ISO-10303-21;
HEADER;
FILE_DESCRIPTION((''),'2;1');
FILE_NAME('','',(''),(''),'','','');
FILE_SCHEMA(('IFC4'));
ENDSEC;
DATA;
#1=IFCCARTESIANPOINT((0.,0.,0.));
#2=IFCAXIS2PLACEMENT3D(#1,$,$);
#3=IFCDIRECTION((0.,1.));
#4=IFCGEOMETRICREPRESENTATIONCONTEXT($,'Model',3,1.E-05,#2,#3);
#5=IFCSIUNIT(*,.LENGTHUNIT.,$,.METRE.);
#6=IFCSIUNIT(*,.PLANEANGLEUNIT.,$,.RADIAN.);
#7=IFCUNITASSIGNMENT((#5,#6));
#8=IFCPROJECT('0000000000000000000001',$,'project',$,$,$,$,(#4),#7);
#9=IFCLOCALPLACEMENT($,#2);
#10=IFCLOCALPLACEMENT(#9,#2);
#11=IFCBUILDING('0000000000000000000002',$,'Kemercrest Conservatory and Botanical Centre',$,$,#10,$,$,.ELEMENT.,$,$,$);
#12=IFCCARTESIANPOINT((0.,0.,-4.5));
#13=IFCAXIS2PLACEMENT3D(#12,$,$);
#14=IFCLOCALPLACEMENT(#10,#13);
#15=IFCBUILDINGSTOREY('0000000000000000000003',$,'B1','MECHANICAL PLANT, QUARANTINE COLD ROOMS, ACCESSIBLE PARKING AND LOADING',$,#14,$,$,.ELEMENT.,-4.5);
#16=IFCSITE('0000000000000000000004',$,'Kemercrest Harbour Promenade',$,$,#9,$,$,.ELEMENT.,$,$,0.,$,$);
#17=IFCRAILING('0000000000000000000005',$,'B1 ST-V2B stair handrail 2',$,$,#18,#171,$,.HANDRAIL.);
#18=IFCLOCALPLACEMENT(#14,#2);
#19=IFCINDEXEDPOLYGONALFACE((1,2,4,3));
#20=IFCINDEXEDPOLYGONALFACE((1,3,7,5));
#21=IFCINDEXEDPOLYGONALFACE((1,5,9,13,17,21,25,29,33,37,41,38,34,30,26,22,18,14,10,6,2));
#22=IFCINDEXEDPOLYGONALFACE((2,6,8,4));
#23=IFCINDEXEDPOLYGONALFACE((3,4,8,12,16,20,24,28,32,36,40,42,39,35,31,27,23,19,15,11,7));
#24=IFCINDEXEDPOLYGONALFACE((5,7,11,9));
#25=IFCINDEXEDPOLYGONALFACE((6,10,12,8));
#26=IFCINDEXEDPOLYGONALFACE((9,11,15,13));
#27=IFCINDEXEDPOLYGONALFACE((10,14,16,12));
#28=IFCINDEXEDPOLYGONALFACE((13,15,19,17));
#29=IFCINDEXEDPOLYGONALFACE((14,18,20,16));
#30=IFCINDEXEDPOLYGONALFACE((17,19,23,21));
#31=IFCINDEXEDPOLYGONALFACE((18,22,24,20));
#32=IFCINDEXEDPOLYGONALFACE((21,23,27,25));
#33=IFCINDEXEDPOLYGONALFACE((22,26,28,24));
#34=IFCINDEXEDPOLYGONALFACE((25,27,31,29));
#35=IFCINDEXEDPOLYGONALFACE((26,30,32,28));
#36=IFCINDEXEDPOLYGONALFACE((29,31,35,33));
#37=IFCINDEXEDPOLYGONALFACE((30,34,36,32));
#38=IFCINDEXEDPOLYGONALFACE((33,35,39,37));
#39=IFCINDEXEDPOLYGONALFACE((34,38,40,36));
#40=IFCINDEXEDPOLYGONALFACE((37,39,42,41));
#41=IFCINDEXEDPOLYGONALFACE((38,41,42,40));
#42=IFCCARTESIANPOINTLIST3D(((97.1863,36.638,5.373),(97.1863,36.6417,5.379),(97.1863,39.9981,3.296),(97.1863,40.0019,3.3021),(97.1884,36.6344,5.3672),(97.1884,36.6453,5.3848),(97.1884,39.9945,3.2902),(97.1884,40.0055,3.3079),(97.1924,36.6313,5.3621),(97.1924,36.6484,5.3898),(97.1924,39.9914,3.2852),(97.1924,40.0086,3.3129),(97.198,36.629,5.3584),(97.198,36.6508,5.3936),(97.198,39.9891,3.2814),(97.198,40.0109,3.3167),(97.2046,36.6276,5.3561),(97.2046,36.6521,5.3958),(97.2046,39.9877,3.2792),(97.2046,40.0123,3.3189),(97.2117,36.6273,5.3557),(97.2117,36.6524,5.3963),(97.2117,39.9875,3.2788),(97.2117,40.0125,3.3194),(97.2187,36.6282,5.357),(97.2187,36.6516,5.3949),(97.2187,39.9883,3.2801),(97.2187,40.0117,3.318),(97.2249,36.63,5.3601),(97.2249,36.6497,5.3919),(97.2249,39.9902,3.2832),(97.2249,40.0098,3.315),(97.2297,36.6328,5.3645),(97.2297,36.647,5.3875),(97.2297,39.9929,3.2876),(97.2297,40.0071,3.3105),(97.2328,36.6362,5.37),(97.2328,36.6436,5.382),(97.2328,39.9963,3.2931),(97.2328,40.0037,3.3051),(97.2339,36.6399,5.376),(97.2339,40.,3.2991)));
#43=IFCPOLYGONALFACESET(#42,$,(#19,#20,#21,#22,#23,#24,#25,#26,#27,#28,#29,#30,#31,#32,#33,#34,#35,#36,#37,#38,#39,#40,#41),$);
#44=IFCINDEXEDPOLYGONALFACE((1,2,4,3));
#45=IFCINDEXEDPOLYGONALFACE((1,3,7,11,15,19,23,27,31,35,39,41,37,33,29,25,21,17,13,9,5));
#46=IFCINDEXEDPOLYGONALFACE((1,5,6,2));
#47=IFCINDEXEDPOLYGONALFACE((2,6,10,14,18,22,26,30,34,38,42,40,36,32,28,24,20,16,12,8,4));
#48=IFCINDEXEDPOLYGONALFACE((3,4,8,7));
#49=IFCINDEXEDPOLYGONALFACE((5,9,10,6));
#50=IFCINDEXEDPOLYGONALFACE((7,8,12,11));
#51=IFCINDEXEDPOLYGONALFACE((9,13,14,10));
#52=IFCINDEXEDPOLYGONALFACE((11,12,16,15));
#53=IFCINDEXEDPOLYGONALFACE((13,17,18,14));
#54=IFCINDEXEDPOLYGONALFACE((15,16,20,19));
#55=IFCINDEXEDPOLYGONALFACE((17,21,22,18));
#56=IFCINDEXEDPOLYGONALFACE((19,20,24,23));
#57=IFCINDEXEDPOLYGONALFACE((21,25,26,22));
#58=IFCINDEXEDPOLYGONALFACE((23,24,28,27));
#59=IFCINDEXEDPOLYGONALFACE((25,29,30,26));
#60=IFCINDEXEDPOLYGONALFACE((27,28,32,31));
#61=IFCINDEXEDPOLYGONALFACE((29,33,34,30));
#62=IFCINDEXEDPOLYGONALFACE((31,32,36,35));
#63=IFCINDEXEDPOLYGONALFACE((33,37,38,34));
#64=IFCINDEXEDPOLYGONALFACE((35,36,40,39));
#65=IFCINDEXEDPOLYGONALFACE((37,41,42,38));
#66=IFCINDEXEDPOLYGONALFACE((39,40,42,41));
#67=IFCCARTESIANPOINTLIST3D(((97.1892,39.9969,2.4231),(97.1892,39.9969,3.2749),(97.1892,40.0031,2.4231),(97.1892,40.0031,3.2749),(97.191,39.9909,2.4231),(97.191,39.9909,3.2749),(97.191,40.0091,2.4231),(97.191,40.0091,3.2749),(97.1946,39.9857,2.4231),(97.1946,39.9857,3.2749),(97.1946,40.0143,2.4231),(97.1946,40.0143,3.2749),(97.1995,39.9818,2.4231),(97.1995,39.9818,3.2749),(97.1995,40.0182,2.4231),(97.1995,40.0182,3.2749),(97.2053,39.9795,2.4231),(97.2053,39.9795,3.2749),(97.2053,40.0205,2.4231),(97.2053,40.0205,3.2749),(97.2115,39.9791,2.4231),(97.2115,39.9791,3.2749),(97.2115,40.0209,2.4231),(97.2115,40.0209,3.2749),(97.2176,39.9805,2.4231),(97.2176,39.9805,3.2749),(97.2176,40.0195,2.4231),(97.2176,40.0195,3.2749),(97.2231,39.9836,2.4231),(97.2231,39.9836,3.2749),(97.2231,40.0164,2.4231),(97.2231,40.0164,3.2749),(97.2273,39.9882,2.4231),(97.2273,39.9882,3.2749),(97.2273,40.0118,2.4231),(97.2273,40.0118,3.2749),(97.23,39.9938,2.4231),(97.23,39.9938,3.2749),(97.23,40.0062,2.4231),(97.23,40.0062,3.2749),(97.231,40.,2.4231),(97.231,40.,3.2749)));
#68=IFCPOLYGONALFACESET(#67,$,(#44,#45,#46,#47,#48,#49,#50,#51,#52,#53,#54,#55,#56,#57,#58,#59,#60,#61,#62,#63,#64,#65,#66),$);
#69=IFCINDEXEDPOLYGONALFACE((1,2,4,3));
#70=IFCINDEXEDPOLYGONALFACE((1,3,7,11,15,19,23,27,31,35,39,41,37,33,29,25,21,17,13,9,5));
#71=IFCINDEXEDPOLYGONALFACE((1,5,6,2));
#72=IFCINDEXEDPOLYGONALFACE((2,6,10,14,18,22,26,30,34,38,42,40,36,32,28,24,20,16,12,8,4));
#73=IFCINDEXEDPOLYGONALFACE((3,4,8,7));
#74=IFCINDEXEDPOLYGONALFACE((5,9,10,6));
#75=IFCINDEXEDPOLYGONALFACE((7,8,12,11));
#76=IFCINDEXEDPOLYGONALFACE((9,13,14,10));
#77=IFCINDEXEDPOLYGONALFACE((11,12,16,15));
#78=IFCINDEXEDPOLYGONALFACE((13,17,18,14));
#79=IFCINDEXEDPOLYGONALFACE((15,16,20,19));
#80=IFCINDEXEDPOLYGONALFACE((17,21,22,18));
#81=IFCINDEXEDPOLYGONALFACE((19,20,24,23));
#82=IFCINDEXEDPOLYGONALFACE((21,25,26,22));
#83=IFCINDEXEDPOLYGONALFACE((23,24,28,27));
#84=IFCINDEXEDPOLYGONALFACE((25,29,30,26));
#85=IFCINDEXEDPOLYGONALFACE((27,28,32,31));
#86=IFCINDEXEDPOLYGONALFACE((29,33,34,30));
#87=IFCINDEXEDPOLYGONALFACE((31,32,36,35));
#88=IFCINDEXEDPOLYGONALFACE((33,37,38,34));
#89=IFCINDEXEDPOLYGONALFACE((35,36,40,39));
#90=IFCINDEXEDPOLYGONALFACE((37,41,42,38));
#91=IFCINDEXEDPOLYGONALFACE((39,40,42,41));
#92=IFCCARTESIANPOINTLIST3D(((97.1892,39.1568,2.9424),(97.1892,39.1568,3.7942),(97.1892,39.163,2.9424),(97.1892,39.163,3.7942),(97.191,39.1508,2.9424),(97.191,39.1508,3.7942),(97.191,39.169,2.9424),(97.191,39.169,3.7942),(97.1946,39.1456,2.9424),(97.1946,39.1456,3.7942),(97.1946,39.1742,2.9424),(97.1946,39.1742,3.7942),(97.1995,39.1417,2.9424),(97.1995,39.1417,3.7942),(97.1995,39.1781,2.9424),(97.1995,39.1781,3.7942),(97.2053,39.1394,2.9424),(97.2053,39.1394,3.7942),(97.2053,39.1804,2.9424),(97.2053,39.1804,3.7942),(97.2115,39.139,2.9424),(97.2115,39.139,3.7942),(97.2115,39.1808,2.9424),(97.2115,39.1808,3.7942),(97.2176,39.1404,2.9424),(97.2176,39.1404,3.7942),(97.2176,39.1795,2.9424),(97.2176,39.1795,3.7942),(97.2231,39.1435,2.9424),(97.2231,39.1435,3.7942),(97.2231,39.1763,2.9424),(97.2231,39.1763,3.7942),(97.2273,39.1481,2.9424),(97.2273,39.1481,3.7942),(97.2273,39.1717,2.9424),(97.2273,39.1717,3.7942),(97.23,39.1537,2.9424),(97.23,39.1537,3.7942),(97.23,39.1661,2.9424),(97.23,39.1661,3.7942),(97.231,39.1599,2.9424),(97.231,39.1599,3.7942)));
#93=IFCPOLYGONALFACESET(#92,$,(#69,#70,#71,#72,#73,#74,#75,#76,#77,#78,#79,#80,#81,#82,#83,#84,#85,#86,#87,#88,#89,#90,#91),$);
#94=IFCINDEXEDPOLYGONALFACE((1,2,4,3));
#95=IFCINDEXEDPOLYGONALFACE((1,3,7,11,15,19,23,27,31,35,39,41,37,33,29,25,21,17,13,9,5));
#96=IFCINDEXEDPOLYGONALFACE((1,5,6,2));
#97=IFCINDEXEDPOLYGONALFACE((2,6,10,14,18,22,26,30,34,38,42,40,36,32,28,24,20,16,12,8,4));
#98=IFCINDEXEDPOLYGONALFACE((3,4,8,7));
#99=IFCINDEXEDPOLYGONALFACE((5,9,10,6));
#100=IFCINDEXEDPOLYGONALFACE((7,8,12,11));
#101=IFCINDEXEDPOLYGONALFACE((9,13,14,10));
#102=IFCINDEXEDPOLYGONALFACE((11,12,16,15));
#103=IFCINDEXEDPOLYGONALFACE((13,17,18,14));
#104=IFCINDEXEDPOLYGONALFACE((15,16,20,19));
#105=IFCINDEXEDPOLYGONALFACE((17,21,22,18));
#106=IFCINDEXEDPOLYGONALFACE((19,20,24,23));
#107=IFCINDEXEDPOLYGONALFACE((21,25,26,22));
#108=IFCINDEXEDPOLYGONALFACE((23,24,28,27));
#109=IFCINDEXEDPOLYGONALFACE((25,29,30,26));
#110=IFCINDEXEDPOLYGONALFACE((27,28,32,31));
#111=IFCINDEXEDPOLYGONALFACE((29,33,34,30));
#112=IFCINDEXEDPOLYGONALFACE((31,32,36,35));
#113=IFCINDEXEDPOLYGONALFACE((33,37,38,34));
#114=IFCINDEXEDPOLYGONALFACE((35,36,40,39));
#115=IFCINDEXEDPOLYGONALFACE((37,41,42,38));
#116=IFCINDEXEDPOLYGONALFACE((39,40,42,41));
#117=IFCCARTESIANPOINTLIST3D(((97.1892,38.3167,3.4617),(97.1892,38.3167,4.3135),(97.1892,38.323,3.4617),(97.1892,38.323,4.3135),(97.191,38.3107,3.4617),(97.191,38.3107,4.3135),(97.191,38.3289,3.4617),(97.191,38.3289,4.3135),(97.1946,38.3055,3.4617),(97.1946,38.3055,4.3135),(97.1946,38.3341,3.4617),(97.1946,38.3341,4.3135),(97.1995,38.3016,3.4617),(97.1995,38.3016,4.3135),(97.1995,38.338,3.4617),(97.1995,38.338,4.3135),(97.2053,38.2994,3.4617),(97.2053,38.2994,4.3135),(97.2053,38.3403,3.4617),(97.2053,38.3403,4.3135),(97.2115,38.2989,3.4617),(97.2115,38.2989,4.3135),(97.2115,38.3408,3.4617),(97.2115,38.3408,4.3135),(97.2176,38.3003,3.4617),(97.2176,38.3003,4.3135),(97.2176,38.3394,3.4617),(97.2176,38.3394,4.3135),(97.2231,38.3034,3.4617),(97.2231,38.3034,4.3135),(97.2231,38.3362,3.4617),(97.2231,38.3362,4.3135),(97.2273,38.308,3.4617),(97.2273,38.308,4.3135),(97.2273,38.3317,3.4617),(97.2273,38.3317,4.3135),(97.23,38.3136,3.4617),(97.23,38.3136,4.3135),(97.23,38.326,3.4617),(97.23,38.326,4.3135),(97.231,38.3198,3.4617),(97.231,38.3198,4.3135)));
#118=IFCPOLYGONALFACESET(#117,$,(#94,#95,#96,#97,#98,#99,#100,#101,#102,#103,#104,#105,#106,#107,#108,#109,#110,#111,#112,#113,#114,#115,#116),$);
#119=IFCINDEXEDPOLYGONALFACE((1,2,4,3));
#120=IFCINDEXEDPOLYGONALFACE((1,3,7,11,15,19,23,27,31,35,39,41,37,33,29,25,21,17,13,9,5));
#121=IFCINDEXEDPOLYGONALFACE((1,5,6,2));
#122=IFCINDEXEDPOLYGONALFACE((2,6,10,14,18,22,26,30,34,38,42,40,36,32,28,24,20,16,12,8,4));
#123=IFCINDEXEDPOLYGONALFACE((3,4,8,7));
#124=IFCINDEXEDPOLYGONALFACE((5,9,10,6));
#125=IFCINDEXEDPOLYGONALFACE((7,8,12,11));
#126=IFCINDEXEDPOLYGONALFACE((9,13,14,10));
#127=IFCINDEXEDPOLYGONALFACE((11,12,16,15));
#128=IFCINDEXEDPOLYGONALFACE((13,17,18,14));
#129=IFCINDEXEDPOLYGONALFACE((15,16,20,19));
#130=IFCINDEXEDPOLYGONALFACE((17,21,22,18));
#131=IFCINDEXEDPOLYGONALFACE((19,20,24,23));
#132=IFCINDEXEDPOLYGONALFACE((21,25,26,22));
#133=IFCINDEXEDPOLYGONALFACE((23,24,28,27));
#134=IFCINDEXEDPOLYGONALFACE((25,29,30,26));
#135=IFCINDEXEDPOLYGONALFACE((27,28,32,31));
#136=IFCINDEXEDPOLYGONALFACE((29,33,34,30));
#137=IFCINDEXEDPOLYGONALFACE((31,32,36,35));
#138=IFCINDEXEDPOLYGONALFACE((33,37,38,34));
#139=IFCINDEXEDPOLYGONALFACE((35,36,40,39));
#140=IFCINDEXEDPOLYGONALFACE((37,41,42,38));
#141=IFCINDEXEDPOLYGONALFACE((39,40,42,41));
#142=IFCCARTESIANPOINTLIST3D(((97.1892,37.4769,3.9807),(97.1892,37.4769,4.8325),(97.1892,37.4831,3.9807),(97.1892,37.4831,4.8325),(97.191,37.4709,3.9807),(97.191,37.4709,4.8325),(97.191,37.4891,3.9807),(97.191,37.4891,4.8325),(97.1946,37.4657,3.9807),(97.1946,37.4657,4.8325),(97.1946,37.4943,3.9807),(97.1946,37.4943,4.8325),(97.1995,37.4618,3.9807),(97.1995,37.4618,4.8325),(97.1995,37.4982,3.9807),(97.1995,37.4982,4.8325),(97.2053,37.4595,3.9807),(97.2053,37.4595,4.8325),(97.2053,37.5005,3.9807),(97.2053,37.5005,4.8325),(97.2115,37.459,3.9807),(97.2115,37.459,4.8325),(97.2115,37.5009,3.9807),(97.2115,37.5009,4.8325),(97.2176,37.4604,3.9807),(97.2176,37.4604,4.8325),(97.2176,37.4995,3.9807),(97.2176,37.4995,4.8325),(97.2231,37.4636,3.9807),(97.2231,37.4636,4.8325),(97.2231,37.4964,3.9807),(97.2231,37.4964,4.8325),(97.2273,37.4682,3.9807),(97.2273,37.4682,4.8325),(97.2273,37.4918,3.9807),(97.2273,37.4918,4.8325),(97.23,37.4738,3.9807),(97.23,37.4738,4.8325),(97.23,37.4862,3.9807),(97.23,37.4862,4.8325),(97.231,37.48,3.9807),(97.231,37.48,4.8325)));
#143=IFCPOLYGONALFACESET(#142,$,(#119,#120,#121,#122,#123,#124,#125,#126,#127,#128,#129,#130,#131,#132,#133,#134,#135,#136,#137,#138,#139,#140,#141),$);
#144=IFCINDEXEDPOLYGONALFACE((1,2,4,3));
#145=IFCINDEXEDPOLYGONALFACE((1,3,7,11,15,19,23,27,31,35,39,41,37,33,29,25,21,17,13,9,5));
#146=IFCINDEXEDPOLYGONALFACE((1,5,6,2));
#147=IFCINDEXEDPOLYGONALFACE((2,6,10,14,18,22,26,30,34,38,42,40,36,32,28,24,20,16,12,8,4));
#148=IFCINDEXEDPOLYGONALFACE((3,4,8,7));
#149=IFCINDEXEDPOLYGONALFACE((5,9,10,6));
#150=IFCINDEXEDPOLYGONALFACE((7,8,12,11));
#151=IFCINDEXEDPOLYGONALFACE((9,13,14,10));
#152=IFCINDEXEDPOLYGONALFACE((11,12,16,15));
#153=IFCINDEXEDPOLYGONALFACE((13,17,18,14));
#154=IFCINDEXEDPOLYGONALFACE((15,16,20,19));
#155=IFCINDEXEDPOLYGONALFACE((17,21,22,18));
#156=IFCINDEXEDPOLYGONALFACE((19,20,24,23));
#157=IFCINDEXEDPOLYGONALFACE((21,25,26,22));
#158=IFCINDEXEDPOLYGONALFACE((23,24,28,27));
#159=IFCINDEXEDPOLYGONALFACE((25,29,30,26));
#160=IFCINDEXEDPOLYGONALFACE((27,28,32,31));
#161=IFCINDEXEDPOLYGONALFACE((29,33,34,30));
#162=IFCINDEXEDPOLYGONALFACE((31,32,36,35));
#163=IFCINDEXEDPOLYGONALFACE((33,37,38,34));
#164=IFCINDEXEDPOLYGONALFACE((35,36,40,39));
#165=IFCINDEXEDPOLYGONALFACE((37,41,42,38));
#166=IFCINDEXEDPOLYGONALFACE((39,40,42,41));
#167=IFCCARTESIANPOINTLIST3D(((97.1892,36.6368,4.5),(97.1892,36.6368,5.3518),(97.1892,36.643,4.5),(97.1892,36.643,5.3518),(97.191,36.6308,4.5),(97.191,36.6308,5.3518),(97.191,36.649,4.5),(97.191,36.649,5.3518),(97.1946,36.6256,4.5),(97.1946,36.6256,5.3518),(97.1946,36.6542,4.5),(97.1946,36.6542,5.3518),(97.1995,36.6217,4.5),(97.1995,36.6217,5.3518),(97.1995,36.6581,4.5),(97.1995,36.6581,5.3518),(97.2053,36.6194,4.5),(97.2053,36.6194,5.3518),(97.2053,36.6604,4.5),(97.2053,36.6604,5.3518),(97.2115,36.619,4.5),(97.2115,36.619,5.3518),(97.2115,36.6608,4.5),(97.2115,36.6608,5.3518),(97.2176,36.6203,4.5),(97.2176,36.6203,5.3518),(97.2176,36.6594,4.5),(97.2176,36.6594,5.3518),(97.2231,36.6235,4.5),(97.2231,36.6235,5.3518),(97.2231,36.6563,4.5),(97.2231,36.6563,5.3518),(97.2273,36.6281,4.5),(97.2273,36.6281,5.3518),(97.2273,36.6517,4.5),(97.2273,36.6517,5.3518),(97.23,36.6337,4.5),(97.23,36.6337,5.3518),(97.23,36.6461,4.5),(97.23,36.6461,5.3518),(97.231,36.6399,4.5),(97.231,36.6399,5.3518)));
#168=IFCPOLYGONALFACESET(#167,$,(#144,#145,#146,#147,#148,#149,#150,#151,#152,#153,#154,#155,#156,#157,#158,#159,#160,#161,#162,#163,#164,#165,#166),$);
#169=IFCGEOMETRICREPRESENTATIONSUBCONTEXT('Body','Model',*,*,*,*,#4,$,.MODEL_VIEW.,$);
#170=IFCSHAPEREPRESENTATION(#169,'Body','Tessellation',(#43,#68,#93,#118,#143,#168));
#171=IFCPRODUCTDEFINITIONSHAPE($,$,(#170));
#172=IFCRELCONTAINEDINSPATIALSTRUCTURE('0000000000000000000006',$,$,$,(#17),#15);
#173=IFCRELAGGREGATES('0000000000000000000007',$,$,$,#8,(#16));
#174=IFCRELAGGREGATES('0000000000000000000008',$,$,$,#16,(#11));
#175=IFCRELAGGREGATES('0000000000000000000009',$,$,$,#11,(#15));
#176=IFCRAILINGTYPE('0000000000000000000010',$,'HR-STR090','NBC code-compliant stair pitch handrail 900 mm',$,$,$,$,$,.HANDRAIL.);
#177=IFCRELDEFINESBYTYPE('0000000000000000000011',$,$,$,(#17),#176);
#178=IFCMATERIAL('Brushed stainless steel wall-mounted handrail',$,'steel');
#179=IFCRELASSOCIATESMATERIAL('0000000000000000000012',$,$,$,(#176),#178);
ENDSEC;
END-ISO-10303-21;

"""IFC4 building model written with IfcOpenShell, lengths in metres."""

from ifc_helpers import new_model, si_unit, direction, frame, origin, origin_2d, place, context, subcontext, project, spatial, circle, extrude, material, type_object, element, save


model = new_model("IFC4")

# Units and contexts
model_context = context("Model", 3, precision=1e-05, world=origin(), true_north=direction((0.0, 1.0)))
body_context = subcontext(model_context, "Body", "Model", "MODEL_VIEW")
ifc_project = project(units=[si_unit("LENGTHUNIT", "METRE"), si_unit("PLANEANGLEUNIT", "RADIAN")], contexts=[model_context])

# Site, building, storey
site_placement = place(None, origin())
site = spatial("IfcSite", under=ifc_project, at=site_placement, Name="Kemercrest Harbour Promenade", CompositionType="ELEMENT", RefElevation=0.0)
building_placement = place(site_placement, origin())
building = spatial("IfcBuilding", under=site, at=building_placement, Name="Kemercrest Conservatory and Botanical Centre", CompositionType="ELEMENT")
storey_placement = place(building_placement, frame((0.0, 0.0, -4.5)))
storey = spatial("IfcBuildingStorey", under=building, at=storey_placement, Name="B1", Description="MECHANICAL PLANT, QUARANTINE COLD ROOMS, ACCESSIBLE PARKING AND LOADING", CompositionType="ELEMENT", Elevation=-4.5)

# Railing
ifc_material_1 = material(Name="Brushed stainless steel wall-mounted handrail", Category="steel")
railing_type_1 = type_object("IfcRailingType", Name="HR-STR090", Description="NBC code-compliant stair pitch handrail 900 mm", PredefinedType="HANDRAIL", material=ifc_material_1)
railing_1_placement = place(storey_placement, frame((97.21, 40.0, 2.4231)))
element("IfcRailing", 1, at=railing_1_placement, inside=storey, type_object=railing_type_1, Name="B1 ST-V2B stair handrail 2", PredefinedType="HANDRAIL", context=body_context, shape_type="SweptSolid", body=[
    extrude(circle(Radius=0.0239, at=origin_2d()), frame((0.0, 0.0, 0.876), z_axis=(0.0, -0.850623, 0.525776), x_axis=(1.0, 0.0, 0.0)), (0.0, 0.0, 1.0), 3.9502),
    extrude(circle(Radius=0.021, at=origin_2d()), origin(), (0.0, 0.0, 1.0), 0.8518),
    extrude(circle(Radius=0.021, at=origin_2d()), frame((0.0, -0.8401, 0.5193)), (0.0, 0.0, 1.0), 0.8518),
    extrude(circle(Radius=0.021, at=origin_2d()), frame((0.0, -1.6802, 1.0386)), (0.0, 0.0, 1.0), 0.8518),
    extrude(circle(Radius=0.021, at=origin_2d()), frame((0.0, -2.52, 1.5576)), (0.0, 0.0, 1.0), 0.8518),
    extrude(circle(Radius=0.021, at=origin_2d()), frame((0.0, -3.3601, 2.0769)), (0.0, 0.0, 1.0), 0.8518),
])

save(model, "model.ifc")
